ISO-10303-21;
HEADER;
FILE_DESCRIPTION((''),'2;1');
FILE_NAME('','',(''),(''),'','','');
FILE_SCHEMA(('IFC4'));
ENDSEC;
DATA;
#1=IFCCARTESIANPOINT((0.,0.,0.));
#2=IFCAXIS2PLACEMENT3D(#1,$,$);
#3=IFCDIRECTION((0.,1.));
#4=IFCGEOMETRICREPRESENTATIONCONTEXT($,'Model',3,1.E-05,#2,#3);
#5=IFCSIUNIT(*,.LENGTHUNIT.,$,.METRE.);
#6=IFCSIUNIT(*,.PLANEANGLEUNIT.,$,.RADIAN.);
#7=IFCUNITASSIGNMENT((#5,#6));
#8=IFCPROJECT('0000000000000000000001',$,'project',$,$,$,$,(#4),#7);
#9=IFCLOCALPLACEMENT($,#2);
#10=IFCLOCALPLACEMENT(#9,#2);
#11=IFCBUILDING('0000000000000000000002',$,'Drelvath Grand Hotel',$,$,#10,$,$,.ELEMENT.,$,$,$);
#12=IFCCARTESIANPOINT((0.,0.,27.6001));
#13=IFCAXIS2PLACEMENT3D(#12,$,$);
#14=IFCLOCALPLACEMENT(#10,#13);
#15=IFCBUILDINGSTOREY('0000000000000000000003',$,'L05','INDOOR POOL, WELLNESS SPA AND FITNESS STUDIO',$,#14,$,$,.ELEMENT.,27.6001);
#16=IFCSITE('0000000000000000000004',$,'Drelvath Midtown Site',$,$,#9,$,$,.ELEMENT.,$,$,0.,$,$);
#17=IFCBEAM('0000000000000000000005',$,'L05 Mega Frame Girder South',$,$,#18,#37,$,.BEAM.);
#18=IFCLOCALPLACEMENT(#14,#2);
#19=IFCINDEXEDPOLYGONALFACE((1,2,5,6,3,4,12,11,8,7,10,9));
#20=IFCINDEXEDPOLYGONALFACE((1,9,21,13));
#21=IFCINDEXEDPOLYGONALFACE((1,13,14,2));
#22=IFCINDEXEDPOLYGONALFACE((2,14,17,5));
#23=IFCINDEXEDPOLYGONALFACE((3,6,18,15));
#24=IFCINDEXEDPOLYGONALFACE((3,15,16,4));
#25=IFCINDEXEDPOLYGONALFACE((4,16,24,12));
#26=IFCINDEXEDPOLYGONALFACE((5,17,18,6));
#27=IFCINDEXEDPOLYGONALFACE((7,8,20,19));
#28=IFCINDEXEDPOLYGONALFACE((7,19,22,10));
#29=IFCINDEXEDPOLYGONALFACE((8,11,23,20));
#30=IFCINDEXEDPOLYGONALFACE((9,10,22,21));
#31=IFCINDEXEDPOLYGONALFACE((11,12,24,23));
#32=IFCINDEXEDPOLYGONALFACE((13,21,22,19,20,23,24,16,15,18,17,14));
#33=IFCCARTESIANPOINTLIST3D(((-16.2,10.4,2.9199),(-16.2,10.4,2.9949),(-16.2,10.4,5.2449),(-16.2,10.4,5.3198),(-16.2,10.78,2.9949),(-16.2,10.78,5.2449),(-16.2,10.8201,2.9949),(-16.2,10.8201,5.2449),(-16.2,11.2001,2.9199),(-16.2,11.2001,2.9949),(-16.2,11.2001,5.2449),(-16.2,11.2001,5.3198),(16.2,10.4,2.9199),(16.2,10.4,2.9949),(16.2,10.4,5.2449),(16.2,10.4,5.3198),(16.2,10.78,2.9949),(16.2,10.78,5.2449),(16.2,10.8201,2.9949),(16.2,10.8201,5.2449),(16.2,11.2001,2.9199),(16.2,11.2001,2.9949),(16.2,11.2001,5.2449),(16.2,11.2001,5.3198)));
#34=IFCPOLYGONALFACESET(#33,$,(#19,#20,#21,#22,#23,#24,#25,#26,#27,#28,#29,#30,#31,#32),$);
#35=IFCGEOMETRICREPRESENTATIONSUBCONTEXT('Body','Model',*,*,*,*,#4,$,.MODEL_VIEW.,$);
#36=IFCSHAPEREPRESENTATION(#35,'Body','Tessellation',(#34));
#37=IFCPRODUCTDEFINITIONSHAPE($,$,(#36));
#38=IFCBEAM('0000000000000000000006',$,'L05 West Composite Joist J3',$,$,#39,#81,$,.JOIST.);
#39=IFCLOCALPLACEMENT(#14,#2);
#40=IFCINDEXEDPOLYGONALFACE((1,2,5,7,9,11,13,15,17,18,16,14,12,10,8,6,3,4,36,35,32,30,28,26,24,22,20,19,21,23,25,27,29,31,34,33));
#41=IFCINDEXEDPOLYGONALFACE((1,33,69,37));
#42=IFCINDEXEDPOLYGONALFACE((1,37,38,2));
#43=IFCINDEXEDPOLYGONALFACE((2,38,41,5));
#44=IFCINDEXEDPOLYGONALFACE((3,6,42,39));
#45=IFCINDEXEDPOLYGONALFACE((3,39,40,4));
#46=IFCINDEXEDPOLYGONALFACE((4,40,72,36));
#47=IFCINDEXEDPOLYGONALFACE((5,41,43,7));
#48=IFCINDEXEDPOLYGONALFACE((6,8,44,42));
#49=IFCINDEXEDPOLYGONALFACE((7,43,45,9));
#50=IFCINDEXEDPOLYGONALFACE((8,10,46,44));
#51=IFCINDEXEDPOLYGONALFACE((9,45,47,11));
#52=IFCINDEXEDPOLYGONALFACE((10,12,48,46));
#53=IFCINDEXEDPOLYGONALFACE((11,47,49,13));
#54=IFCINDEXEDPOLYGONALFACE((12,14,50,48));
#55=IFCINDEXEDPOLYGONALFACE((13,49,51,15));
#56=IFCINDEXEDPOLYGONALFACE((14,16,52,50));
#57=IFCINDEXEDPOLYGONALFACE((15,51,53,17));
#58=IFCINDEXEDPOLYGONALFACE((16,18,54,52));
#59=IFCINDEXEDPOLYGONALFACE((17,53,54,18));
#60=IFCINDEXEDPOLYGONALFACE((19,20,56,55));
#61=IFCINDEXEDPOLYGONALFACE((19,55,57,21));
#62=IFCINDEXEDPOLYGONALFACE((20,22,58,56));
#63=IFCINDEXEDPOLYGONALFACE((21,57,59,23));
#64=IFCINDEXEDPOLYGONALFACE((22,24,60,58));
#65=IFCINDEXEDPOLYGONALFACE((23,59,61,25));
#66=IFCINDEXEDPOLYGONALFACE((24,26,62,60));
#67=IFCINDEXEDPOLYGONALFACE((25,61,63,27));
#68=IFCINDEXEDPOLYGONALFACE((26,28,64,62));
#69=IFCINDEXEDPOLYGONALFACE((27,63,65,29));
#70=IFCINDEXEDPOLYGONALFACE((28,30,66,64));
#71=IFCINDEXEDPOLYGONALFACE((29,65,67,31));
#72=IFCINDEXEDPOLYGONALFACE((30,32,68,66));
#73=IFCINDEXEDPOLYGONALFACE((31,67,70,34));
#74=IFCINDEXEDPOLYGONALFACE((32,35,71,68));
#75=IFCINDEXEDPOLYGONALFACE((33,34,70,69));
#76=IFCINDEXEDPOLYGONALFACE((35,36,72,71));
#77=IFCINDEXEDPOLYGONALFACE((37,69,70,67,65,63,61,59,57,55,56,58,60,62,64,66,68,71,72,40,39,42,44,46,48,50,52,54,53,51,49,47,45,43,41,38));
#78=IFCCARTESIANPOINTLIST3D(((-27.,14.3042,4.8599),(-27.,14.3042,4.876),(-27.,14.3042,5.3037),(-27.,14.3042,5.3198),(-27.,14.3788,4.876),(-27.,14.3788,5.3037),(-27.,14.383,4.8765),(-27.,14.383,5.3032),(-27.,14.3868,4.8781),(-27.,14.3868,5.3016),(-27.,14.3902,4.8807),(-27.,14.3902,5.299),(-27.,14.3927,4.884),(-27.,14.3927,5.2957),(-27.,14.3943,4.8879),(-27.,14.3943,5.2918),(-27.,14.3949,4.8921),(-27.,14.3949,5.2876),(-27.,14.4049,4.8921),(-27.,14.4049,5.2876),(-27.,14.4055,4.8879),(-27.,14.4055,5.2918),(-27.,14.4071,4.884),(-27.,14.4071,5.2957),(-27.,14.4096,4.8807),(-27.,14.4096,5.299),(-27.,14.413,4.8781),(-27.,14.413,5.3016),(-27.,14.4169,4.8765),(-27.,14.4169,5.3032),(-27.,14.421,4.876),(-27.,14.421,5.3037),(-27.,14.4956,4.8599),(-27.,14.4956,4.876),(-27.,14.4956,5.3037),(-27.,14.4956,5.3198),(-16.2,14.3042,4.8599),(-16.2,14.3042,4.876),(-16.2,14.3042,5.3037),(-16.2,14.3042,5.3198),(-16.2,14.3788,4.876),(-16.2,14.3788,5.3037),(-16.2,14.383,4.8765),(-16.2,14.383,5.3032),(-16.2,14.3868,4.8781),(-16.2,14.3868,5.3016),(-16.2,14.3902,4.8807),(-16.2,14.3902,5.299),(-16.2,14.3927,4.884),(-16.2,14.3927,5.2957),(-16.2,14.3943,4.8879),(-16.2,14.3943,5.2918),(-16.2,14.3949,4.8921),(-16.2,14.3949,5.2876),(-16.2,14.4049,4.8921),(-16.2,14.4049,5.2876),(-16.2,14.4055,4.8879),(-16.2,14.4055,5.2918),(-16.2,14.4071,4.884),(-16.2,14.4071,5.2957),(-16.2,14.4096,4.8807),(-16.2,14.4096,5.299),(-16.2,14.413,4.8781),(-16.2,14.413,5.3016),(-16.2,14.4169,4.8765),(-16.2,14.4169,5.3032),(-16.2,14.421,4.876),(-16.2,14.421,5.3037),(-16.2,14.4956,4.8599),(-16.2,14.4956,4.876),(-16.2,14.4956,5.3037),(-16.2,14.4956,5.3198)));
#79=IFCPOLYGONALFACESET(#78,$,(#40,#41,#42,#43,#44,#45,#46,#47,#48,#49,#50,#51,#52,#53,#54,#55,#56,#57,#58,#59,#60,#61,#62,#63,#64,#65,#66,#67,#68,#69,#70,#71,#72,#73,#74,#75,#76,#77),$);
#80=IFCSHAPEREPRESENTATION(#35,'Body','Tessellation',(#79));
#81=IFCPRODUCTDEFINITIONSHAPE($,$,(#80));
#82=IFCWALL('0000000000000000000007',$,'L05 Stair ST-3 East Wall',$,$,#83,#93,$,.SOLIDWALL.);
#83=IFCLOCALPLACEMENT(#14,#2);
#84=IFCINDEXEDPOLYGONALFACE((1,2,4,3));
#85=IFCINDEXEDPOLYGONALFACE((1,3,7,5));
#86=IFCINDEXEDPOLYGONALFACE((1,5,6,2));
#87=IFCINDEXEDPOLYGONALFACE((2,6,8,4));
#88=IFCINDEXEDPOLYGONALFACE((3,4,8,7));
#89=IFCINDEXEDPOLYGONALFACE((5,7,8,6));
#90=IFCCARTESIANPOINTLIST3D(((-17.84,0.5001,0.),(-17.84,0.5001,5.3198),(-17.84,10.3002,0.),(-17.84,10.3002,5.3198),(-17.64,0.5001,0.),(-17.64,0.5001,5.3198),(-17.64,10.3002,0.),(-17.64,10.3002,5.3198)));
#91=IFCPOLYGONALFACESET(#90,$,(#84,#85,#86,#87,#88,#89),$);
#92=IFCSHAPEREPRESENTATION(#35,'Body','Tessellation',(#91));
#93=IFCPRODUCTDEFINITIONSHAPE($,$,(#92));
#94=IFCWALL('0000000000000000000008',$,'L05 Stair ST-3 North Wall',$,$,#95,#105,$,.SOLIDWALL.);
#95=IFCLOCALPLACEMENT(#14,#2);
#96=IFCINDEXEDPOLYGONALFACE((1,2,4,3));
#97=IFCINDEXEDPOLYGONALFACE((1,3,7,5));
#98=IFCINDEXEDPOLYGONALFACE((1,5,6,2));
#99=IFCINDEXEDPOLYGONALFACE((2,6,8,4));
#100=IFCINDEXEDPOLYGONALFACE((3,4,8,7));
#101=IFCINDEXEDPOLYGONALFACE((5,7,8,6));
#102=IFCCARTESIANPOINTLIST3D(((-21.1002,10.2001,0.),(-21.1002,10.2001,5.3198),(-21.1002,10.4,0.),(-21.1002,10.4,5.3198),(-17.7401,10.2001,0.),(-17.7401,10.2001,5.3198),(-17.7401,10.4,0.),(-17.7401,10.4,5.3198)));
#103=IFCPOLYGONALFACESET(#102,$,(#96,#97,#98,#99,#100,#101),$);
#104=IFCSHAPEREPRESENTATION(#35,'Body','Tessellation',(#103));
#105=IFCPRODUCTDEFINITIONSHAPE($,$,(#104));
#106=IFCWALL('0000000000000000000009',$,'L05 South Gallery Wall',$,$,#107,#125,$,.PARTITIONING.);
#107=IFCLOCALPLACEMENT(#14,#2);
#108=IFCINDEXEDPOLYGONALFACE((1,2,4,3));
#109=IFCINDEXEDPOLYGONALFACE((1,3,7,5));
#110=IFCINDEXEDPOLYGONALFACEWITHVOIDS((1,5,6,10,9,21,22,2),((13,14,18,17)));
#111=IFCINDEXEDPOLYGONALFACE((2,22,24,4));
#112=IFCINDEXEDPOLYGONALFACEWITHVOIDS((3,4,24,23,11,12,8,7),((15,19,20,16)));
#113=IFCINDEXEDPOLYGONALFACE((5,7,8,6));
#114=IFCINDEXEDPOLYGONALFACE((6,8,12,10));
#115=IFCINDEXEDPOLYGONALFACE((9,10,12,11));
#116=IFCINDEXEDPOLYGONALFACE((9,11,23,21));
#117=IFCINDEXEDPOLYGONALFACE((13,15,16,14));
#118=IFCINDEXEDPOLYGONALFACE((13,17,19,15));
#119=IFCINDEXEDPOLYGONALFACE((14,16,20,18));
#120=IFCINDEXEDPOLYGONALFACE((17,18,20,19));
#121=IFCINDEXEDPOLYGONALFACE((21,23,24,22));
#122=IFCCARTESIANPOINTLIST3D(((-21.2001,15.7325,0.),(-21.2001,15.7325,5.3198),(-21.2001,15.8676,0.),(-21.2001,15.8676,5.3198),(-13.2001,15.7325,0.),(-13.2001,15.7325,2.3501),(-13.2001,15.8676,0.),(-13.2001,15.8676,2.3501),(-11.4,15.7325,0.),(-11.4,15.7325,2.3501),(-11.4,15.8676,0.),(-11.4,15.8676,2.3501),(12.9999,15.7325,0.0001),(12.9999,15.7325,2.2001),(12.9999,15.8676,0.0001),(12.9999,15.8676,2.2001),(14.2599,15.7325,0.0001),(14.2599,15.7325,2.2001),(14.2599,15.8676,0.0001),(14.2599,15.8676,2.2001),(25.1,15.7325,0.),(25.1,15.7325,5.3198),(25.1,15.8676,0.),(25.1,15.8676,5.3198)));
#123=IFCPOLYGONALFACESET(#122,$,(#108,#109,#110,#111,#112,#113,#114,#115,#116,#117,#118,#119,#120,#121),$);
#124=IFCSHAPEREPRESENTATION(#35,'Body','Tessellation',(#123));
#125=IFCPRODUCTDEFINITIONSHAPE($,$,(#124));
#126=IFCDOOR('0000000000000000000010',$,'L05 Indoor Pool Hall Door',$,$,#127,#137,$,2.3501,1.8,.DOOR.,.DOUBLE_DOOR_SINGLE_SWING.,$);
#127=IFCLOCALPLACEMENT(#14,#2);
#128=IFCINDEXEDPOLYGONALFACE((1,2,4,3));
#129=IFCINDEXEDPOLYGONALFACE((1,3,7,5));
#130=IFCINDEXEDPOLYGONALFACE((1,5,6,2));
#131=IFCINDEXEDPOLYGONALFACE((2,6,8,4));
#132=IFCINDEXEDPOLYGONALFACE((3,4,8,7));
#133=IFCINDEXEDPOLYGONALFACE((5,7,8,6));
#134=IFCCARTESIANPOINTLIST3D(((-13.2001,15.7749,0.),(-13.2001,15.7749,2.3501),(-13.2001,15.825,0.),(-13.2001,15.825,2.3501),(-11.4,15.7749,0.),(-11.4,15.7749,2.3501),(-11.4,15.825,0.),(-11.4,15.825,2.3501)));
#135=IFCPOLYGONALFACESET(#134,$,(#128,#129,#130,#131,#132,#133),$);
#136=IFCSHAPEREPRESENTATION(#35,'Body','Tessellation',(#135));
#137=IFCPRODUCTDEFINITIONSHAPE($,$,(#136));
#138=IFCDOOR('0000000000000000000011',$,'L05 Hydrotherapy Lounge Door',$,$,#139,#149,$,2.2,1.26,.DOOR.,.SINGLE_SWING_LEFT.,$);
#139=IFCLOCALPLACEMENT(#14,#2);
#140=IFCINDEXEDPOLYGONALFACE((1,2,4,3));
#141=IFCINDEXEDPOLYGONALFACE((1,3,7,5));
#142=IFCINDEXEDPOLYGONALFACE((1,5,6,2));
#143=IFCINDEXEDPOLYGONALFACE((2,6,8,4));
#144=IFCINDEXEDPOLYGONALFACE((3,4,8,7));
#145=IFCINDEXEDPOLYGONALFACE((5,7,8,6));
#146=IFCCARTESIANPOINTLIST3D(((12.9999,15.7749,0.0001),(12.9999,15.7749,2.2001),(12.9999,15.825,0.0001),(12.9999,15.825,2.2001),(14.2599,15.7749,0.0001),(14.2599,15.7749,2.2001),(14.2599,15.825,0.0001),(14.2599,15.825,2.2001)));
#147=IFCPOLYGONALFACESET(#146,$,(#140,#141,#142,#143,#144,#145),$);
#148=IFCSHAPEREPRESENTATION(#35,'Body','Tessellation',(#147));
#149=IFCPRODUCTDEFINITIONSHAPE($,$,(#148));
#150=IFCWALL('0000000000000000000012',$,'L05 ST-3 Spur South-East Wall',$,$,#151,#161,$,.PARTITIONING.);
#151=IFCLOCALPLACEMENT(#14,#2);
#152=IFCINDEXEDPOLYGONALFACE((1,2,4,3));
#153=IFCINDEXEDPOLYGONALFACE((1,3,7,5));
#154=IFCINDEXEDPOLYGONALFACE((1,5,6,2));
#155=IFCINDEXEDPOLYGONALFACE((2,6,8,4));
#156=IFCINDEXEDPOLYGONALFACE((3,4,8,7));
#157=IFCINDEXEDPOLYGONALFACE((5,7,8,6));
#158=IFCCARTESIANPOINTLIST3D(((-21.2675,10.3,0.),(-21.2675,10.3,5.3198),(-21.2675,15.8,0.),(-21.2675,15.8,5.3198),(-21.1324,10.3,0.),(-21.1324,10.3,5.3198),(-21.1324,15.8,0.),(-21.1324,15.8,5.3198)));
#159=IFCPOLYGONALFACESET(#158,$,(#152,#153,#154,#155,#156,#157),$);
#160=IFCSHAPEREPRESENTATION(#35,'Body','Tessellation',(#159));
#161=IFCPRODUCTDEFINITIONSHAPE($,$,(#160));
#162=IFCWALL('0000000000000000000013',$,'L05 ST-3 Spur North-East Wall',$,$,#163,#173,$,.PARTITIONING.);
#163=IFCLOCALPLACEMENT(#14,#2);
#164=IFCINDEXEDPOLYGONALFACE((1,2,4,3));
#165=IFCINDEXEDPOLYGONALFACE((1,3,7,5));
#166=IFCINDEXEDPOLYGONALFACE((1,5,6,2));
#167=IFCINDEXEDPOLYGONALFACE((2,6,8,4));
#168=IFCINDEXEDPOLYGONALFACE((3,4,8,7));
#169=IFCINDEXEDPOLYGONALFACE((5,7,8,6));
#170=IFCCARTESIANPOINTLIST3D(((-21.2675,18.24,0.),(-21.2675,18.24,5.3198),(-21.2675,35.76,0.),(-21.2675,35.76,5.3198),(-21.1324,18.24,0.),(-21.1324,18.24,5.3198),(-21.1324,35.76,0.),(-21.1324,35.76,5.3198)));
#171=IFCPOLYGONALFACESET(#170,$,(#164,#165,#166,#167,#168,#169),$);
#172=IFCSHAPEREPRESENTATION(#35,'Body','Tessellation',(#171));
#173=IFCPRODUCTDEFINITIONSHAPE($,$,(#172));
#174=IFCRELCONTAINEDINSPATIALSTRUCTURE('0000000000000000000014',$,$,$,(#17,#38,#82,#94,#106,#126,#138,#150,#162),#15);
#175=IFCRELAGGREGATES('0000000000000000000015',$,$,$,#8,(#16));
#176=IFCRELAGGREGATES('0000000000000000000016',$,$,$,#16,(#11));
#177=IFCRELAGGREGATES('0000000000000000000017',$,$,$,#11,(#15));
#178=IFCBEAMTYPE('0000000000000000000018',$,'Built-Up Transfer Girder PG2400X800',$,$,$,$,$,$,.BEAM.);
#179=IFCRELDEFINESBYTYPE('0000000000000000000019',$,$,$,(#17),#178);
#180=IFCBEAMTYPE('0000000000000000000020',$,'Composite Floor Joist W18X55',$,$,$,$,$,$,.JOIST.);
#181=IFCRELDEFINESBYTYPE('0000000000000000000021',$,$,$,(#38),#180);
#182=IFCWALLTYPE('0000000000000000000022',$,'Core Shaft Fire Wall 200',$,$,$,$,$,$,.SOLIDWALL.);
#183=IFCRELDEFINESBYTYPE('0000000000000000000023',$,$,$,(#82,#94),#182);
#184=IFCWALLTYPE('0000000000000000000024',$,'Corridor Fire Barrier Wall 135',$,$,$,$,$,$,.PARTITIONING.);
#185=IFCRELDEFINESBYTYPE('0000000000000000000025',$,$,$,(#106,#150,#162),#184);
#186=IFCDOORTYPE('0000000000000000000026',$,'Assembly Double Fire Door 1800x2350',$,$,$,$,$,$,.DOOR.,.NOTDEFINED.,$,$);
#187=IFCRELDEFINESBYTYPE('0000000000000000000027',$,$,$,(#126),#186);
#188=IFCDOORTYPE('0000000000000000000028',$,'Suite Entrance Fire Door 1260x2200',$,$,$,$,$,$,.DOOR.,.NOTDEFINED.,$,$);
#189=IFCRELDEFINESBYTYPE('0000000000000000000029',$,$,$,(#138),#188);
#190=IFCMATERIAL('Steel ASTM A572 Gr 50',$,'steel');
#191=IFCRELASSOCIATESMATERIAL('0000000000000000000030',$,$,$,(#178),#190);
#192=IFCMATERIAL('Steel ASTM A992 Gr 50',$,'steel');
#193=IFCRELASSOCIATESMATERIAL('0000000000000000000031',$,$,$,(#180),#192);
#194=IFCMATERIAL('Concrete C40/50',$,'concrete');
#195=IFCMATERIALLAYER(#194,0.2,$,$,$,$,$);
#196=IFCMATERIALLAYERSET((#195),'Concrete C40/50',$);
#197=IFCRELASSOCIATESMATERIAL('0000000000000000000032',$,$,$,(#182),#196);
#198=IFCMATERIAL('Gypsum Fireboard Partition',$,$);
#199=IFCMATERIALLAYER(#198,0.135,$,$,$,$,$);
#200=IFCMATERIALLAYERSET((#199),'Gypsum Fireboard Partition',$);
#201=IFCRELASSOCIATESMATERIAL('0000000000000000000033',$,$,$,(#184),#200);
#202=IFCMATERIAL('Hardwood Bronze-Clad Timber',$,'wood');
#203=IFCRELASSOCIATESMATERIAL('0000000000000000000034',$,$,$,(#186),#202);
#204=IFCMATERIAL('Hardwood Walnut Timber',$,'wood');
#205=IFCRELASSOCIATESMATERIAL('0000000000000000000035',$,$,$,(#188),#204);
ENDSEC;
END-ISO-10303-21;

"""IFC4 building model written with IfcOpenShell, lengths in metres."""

from ifc_helpers import new_model, si_unit, direction, frame, frame_2d, origin, origin_2d, place, context, subcontext, project, spatial, rectangle, i_section, extrude, material, layer, layer_set, material_profile, profile_set, type_object, element, fill, save


model = new_model("IFC4")

# Units and contexts
model_context = context("Model", 3, precision=1e-05, world=origin(), true_north=direction((0.0, 1.0)))
body_context = subcontext(model_context, "Body", "Model", "MODEL_VIEW")
ifc_project = project(units=[si_unit("LENGTHUNIT", "METRE"), si_unit("PLANEANGLEUNIT", "RADIAN")], contexts=[model_context])

# Site, building, storey
site_placement = place(None, origin())
site = spatial("IfcSite", under=ifc_project, at=site_placement, Name="Drelvath Midtown Site", CompositionType="ELEMENT", RefElevation=0.0)
building_placement = place(site_placement, origin())
building = spatial("IfcBuilding", under=site, at=building_placement, Name="Drelvath Grand Hotel", CompositionType="ELEMENT")
storey_placement = place(building_placement, frame((0.0, 0.0, 27.6001)))
storey = spatial("IfcBuildingStorey", under=building, at=storey_placement, Name="L05", Description="INDOOR POOL, WELLNESS SPA AND FITNESS STUDIO", CompositionType="ELEMENT", Elevation=27.6001)

# Beams
ifc_material_1 = material(Name="Steel ASTM A572 Gr 50", Category="steel")
ifc_material_profile_1 = material_profile(ifc_material_1, i_section(OverallWidth=0.8, OverallDepth=2.3999, WebThickness=0.04, FlangeThickness=0.075, at=origin_2d()), Name="PG2400X800")
ifc_profile_set_1 = profile_set([ifc_material_profile_1], Name="Steel ASTM A572 Gr 50")
beam_type_1 = type_object("IfcBeamType", Name="Built-Up Transfer Girder PG2400X800", PredefinedType="BEAM", material=ifc_profile_set_1)
beam_1_placement = place(storey_placement, frame((-16.2, 10.8, 4.1199), z_axis=(1.0, 0.0, 0.0), x_axis=(0.0, 1.0, 0.0)))
element("IfcBeam", 1, at=beam_1_placement, inside=storey, type_object=beam_type_1, Name="L05 Mega Frame Girder South", PredefinedType="BEAM", context=body_context, shape_type="SweptSolid", body=[
    extrude(i_section(OverallWidth=0.8, OverallDepth=2.3999, WebThickness=0.04, FlangeThickness=0.075, at=origin_2d()), origin(), (0.0, 0.0, 1.0), 32.3999),
])
ifc_material_2 = material(Name="Steel ASTM A992 Gr 50", Category="steel")
ifc_material_profile_2 = material_profile(ifc_material_2, i_section(OverallWidth=0.1914, OverallDepth=0.46, WebThickness=0.01, FlangeThickness=0.0161, FilletRadius=0.0161, at=origin_2d()), Name="W18X55")
ifc_profile_set_2 = profile_set([ifc_material_profile_2], Name="Steel ASTM A992 Gr 50")
beam_type_2 = type_object("IfcBeamType", Name="Composite Floor Joist W18X55", PredefinedType="JOIST", material=ifc_profile_set_2)
beam_2_placement = place(storey_placement, frame((-27.0, 14.3999, 5.0898), z_axis=(1.0, 0.0, 0.0), x_axis=(0.0, 1.0, 0.0)))
element("IfcBeam", 2, at=beam_2_placement, inside=storey, type_object=beam_type_2, Name="L05 West Composite Joist J3", PredefinedType="JOIST", context=body_context, shape_type="SweptSolid", body=[
    extrude(i_section(OverallWidth=0.1914, OverallDepth=0.46, WebThickness=0.01, FlangeThickness=0.0161, FilletRadius=0.0161, at=origin_2d()), origin(), (0.0, 0.0, 1.0), 10.8),
])

# Walls
ifc_material_3 = material(Name="Concrete C40/50", Category="concrete")
ifc_layer_1 = layer(ifc_material_3, 0.2)
ifc_layer_set_1 = layer_set([ifc_layer_1], Name="Concrete C40/50")
wall_type_1 = type_object("IfcWallType", Name="Core Shaft Fire Wall 200", PredefinedType="SOLIDWALL", material=ifc_layer_set_1)
wall_1_placement = place(storey_placement, frame((-17.74, 10.3, 0.0), z_axis=(0.0, 0.0, 1.0), x_axis=(0.0, -1.0, 0.0)))
element("IfcWall", 3, at=wall_1_placement, inside=storey, type_object=wall_type_1, Name="L05 Stair ST-3 East Wall", PredefinedType="SOLIDWALL", context=body_context, shape_type="SweptSolid", body=[
    extrude(rectangle(XDim=9.8, YDim=0.2, at=frame_2d((4.8999, 0.0))), origin(), (0.0, 0.0, 1.0), 5.3198),
])
wall_2_placement = place(storey_placement, frame((-17.74, 10.3, 0.0), z_axis=(0.0, 0.0, 1.0), x_axis=(-1.0, 0.0, 0.0)))
element("IfcWall", 4, at=wall_2_placement, inside=storey, type_object=wall_type_1, Name="L05 Stair ST-3 North Wall", PredefinedType="SOLIDWALL", context=body_context, shape_type="SweptSolid", body=[
    extrude(rectangle(XDim=3.3601, YDim=0.2, at=frame_2d((1.6802, 0.0))), origin(), (0.0, 0.0, 1.0), 5.3198),
])

# Wall, openings, doors
ifc_material_4 = material(Name="Gypsum Fireboard Partition")
ifc_layer_2 = layer(ifc_material_4, 0.135)
ifc_layer_set_2 = layer_set([ifc_layer_2], Name="Gypsum Fireboard Partition")
wall_type_2 = type_object("IfcWallType", Name="Corridor Fire Barrier Wall 135", PredefinedType="PARTITIONING", material=ifc_layer_set_2)
wall_3_placement = place(storey_placement, frame((-21.2, 15.8, 0.0), z_axis=(0.0, 0.0, 1.0), x_axis=(1.0, 0.0, 0.0)))
wall_3 = element("IfcWall", 5, at=wall_3_placement, inside=storey, type_object=wall_type_2, Name="L05 South Gallery Wall", PredefinedType="PARTITIONING", context=body_context, shape_type="SweptSolid", body=[
    extrude(rectangle(XDim=46.3, YDim=0.135, at=frame_2d((23.1499, 0.0))), origin(), (0.0, 0.0, 1.0), 5.3198),
])
opening_1_placement = place(wall_3_placement, frame((8.0, 0.0, 0.0)))
opening_1 = element("IfcOpeningElement", 6, at=opening_1_placement, cuts=wall_3, PredefinedType="OPENING", context=body_context, shape_type="SweptSolid", body=[
    extrude(rectangle(XDim=1.8, YDim=2.3501, at=frame_2d((0.8999, 1.175))), frame((0.0, 0.0774, 0.0), z_axis=(0.0, -1.0, 0.0), x_axis=(1.0, 0.0, 0.0)), (0.0, 0.0, 1.0), 0.155),
])
opening_2_placement = place(wall_3_placement, frame((34.2, 0.0, 0.0)))
opening_2 = element("IfcOpeningElement", 7, at=opening_2_placement, cuts=wall_3, PredefinedType="OPENING", context=body_context, shape_type="SweptSolid", body=[
    extrude(rectangle(XDim=1.26, YDim=2.2, at=frame_2d((0.6299, 1.1001))), frame((0.0, 0.0774, 0.0), z_axis=(0.0, -1.0, 0.0), x_axis=(1.0, 0.0, 0.0)), (0.0, 0.0, 1.0), 0.155),
])
ifc_material_5 = material(Name="Hardwood Bronze-Clad Timber", Category="wood")
door_type_1 = type_object("IfcDoorType", Name="Assembly Double Fire Door 1800x2350", OperationType="NOTDEFINED", PredefinedType="DOOR", material=ifc_material_5)
door_1_placement = place(opening_1_placement, origin())
door_1 = element("IfcDoor", 8, at=door_1_placement, inside=storey, type_object=door_type_1, Name="L05 Indoor Pool Hall Door", OperationType="DOUBLE_DOOR_SINGLE_SWING", OverallHeight=2.3501, OverallWidth=1.8, PredefinedType="DOOR", context=body_context, shape_type="SweptSolid", body=[
    extrude(rectangle(XDim=1.8, YDim=2.3501, at=frame_2d((0.8999, 1.175))), frame((0.0, 0.0249, 0.0), z_axis=(0.0, -1.0, 0.0), x_axis=(1.0, 0.0, 0.0)), (0.0, 0.0, 1.0), 0.05),
])
fill(opening_1, door_1)
ifc_material_6 = material(Name="Hardwood Walnut Timber", Category="wood")
door_type_2 = type_object("IfcDoorType", Name="Suite Entrance Fire Door 1260x2200", OperationType="NOTDEFINED", PredefinedType="DOOR", material=ifc_material_6)
door_2_placement = place(opening_2_placement, origin())
door_2 = element("IfcDoor", 9, at=door_2_placement, inside=storey, type_object=door_type_2, Name="L05 Hydrotherapy Lounge Door", OperationType="SINGLE_SWING_LEFT", OverallHeight=2.2, OverallWidth=1.26, PredefinedType="DOOR", context=body_context, shape_type="SweptSolid", body=[
    extrude(rectangle(XDim=1.26, YDim=2.2, at=frame_2d((0.6299, 1.1001))), frame((0.0, 0.0249, 0.0), z_axis=(0.0, -1.0, 0.0), x_axis=(1.0, 0.0, 0.0)), (0.0, 0.0, 1.0), 0.05),
])
fill(opening_2, door_2)

# Walls
wall_4_placement = place(storey_placement, frame((-21.2, 10.3, 0.0), z_axis=(0.0, 0.0, 1.0), x_axis=(0.0, 1.0, 0.0)))
element("IfcWall", 10, at=wall_4_placement, inside=storey, type_object=wall_type_2, Name="L05 ST-3 Spur South-East Wall", PredefinedType="PARTITIONING", context=body_context, shape_type="SweptSolid", body=[
    extrude(rectangle(XDim=5.5, YDim=0.135, at=frame_2d((2.75, 0.0))), origin(), (0.0, 0.0, 1.0), 5.3198),
])
wall_5_placement = place(storey_placement, frame((-21.2, 18.24, 0.0), z_axis=(0.0, 0.0, 1.0), x_axis=(0.0, 1.0, 0.0)))
element("IfcWall", 11, at=wall_5_placement, inside=storey, type_object=wall_type_2, Name="L05 ST-3 Spur North-East Wall", PredefinedType="PARTITIONING", context=body_context, shape_type="SweptSolid", body=[
    extrude(rectangle(XDim=17.52, YDim=0.135, at=frame_2d((8.76, 0.0))), origin(), (0.0, 0.0, 1.0), 5.3198),
])

save(model, "model.ifc")
